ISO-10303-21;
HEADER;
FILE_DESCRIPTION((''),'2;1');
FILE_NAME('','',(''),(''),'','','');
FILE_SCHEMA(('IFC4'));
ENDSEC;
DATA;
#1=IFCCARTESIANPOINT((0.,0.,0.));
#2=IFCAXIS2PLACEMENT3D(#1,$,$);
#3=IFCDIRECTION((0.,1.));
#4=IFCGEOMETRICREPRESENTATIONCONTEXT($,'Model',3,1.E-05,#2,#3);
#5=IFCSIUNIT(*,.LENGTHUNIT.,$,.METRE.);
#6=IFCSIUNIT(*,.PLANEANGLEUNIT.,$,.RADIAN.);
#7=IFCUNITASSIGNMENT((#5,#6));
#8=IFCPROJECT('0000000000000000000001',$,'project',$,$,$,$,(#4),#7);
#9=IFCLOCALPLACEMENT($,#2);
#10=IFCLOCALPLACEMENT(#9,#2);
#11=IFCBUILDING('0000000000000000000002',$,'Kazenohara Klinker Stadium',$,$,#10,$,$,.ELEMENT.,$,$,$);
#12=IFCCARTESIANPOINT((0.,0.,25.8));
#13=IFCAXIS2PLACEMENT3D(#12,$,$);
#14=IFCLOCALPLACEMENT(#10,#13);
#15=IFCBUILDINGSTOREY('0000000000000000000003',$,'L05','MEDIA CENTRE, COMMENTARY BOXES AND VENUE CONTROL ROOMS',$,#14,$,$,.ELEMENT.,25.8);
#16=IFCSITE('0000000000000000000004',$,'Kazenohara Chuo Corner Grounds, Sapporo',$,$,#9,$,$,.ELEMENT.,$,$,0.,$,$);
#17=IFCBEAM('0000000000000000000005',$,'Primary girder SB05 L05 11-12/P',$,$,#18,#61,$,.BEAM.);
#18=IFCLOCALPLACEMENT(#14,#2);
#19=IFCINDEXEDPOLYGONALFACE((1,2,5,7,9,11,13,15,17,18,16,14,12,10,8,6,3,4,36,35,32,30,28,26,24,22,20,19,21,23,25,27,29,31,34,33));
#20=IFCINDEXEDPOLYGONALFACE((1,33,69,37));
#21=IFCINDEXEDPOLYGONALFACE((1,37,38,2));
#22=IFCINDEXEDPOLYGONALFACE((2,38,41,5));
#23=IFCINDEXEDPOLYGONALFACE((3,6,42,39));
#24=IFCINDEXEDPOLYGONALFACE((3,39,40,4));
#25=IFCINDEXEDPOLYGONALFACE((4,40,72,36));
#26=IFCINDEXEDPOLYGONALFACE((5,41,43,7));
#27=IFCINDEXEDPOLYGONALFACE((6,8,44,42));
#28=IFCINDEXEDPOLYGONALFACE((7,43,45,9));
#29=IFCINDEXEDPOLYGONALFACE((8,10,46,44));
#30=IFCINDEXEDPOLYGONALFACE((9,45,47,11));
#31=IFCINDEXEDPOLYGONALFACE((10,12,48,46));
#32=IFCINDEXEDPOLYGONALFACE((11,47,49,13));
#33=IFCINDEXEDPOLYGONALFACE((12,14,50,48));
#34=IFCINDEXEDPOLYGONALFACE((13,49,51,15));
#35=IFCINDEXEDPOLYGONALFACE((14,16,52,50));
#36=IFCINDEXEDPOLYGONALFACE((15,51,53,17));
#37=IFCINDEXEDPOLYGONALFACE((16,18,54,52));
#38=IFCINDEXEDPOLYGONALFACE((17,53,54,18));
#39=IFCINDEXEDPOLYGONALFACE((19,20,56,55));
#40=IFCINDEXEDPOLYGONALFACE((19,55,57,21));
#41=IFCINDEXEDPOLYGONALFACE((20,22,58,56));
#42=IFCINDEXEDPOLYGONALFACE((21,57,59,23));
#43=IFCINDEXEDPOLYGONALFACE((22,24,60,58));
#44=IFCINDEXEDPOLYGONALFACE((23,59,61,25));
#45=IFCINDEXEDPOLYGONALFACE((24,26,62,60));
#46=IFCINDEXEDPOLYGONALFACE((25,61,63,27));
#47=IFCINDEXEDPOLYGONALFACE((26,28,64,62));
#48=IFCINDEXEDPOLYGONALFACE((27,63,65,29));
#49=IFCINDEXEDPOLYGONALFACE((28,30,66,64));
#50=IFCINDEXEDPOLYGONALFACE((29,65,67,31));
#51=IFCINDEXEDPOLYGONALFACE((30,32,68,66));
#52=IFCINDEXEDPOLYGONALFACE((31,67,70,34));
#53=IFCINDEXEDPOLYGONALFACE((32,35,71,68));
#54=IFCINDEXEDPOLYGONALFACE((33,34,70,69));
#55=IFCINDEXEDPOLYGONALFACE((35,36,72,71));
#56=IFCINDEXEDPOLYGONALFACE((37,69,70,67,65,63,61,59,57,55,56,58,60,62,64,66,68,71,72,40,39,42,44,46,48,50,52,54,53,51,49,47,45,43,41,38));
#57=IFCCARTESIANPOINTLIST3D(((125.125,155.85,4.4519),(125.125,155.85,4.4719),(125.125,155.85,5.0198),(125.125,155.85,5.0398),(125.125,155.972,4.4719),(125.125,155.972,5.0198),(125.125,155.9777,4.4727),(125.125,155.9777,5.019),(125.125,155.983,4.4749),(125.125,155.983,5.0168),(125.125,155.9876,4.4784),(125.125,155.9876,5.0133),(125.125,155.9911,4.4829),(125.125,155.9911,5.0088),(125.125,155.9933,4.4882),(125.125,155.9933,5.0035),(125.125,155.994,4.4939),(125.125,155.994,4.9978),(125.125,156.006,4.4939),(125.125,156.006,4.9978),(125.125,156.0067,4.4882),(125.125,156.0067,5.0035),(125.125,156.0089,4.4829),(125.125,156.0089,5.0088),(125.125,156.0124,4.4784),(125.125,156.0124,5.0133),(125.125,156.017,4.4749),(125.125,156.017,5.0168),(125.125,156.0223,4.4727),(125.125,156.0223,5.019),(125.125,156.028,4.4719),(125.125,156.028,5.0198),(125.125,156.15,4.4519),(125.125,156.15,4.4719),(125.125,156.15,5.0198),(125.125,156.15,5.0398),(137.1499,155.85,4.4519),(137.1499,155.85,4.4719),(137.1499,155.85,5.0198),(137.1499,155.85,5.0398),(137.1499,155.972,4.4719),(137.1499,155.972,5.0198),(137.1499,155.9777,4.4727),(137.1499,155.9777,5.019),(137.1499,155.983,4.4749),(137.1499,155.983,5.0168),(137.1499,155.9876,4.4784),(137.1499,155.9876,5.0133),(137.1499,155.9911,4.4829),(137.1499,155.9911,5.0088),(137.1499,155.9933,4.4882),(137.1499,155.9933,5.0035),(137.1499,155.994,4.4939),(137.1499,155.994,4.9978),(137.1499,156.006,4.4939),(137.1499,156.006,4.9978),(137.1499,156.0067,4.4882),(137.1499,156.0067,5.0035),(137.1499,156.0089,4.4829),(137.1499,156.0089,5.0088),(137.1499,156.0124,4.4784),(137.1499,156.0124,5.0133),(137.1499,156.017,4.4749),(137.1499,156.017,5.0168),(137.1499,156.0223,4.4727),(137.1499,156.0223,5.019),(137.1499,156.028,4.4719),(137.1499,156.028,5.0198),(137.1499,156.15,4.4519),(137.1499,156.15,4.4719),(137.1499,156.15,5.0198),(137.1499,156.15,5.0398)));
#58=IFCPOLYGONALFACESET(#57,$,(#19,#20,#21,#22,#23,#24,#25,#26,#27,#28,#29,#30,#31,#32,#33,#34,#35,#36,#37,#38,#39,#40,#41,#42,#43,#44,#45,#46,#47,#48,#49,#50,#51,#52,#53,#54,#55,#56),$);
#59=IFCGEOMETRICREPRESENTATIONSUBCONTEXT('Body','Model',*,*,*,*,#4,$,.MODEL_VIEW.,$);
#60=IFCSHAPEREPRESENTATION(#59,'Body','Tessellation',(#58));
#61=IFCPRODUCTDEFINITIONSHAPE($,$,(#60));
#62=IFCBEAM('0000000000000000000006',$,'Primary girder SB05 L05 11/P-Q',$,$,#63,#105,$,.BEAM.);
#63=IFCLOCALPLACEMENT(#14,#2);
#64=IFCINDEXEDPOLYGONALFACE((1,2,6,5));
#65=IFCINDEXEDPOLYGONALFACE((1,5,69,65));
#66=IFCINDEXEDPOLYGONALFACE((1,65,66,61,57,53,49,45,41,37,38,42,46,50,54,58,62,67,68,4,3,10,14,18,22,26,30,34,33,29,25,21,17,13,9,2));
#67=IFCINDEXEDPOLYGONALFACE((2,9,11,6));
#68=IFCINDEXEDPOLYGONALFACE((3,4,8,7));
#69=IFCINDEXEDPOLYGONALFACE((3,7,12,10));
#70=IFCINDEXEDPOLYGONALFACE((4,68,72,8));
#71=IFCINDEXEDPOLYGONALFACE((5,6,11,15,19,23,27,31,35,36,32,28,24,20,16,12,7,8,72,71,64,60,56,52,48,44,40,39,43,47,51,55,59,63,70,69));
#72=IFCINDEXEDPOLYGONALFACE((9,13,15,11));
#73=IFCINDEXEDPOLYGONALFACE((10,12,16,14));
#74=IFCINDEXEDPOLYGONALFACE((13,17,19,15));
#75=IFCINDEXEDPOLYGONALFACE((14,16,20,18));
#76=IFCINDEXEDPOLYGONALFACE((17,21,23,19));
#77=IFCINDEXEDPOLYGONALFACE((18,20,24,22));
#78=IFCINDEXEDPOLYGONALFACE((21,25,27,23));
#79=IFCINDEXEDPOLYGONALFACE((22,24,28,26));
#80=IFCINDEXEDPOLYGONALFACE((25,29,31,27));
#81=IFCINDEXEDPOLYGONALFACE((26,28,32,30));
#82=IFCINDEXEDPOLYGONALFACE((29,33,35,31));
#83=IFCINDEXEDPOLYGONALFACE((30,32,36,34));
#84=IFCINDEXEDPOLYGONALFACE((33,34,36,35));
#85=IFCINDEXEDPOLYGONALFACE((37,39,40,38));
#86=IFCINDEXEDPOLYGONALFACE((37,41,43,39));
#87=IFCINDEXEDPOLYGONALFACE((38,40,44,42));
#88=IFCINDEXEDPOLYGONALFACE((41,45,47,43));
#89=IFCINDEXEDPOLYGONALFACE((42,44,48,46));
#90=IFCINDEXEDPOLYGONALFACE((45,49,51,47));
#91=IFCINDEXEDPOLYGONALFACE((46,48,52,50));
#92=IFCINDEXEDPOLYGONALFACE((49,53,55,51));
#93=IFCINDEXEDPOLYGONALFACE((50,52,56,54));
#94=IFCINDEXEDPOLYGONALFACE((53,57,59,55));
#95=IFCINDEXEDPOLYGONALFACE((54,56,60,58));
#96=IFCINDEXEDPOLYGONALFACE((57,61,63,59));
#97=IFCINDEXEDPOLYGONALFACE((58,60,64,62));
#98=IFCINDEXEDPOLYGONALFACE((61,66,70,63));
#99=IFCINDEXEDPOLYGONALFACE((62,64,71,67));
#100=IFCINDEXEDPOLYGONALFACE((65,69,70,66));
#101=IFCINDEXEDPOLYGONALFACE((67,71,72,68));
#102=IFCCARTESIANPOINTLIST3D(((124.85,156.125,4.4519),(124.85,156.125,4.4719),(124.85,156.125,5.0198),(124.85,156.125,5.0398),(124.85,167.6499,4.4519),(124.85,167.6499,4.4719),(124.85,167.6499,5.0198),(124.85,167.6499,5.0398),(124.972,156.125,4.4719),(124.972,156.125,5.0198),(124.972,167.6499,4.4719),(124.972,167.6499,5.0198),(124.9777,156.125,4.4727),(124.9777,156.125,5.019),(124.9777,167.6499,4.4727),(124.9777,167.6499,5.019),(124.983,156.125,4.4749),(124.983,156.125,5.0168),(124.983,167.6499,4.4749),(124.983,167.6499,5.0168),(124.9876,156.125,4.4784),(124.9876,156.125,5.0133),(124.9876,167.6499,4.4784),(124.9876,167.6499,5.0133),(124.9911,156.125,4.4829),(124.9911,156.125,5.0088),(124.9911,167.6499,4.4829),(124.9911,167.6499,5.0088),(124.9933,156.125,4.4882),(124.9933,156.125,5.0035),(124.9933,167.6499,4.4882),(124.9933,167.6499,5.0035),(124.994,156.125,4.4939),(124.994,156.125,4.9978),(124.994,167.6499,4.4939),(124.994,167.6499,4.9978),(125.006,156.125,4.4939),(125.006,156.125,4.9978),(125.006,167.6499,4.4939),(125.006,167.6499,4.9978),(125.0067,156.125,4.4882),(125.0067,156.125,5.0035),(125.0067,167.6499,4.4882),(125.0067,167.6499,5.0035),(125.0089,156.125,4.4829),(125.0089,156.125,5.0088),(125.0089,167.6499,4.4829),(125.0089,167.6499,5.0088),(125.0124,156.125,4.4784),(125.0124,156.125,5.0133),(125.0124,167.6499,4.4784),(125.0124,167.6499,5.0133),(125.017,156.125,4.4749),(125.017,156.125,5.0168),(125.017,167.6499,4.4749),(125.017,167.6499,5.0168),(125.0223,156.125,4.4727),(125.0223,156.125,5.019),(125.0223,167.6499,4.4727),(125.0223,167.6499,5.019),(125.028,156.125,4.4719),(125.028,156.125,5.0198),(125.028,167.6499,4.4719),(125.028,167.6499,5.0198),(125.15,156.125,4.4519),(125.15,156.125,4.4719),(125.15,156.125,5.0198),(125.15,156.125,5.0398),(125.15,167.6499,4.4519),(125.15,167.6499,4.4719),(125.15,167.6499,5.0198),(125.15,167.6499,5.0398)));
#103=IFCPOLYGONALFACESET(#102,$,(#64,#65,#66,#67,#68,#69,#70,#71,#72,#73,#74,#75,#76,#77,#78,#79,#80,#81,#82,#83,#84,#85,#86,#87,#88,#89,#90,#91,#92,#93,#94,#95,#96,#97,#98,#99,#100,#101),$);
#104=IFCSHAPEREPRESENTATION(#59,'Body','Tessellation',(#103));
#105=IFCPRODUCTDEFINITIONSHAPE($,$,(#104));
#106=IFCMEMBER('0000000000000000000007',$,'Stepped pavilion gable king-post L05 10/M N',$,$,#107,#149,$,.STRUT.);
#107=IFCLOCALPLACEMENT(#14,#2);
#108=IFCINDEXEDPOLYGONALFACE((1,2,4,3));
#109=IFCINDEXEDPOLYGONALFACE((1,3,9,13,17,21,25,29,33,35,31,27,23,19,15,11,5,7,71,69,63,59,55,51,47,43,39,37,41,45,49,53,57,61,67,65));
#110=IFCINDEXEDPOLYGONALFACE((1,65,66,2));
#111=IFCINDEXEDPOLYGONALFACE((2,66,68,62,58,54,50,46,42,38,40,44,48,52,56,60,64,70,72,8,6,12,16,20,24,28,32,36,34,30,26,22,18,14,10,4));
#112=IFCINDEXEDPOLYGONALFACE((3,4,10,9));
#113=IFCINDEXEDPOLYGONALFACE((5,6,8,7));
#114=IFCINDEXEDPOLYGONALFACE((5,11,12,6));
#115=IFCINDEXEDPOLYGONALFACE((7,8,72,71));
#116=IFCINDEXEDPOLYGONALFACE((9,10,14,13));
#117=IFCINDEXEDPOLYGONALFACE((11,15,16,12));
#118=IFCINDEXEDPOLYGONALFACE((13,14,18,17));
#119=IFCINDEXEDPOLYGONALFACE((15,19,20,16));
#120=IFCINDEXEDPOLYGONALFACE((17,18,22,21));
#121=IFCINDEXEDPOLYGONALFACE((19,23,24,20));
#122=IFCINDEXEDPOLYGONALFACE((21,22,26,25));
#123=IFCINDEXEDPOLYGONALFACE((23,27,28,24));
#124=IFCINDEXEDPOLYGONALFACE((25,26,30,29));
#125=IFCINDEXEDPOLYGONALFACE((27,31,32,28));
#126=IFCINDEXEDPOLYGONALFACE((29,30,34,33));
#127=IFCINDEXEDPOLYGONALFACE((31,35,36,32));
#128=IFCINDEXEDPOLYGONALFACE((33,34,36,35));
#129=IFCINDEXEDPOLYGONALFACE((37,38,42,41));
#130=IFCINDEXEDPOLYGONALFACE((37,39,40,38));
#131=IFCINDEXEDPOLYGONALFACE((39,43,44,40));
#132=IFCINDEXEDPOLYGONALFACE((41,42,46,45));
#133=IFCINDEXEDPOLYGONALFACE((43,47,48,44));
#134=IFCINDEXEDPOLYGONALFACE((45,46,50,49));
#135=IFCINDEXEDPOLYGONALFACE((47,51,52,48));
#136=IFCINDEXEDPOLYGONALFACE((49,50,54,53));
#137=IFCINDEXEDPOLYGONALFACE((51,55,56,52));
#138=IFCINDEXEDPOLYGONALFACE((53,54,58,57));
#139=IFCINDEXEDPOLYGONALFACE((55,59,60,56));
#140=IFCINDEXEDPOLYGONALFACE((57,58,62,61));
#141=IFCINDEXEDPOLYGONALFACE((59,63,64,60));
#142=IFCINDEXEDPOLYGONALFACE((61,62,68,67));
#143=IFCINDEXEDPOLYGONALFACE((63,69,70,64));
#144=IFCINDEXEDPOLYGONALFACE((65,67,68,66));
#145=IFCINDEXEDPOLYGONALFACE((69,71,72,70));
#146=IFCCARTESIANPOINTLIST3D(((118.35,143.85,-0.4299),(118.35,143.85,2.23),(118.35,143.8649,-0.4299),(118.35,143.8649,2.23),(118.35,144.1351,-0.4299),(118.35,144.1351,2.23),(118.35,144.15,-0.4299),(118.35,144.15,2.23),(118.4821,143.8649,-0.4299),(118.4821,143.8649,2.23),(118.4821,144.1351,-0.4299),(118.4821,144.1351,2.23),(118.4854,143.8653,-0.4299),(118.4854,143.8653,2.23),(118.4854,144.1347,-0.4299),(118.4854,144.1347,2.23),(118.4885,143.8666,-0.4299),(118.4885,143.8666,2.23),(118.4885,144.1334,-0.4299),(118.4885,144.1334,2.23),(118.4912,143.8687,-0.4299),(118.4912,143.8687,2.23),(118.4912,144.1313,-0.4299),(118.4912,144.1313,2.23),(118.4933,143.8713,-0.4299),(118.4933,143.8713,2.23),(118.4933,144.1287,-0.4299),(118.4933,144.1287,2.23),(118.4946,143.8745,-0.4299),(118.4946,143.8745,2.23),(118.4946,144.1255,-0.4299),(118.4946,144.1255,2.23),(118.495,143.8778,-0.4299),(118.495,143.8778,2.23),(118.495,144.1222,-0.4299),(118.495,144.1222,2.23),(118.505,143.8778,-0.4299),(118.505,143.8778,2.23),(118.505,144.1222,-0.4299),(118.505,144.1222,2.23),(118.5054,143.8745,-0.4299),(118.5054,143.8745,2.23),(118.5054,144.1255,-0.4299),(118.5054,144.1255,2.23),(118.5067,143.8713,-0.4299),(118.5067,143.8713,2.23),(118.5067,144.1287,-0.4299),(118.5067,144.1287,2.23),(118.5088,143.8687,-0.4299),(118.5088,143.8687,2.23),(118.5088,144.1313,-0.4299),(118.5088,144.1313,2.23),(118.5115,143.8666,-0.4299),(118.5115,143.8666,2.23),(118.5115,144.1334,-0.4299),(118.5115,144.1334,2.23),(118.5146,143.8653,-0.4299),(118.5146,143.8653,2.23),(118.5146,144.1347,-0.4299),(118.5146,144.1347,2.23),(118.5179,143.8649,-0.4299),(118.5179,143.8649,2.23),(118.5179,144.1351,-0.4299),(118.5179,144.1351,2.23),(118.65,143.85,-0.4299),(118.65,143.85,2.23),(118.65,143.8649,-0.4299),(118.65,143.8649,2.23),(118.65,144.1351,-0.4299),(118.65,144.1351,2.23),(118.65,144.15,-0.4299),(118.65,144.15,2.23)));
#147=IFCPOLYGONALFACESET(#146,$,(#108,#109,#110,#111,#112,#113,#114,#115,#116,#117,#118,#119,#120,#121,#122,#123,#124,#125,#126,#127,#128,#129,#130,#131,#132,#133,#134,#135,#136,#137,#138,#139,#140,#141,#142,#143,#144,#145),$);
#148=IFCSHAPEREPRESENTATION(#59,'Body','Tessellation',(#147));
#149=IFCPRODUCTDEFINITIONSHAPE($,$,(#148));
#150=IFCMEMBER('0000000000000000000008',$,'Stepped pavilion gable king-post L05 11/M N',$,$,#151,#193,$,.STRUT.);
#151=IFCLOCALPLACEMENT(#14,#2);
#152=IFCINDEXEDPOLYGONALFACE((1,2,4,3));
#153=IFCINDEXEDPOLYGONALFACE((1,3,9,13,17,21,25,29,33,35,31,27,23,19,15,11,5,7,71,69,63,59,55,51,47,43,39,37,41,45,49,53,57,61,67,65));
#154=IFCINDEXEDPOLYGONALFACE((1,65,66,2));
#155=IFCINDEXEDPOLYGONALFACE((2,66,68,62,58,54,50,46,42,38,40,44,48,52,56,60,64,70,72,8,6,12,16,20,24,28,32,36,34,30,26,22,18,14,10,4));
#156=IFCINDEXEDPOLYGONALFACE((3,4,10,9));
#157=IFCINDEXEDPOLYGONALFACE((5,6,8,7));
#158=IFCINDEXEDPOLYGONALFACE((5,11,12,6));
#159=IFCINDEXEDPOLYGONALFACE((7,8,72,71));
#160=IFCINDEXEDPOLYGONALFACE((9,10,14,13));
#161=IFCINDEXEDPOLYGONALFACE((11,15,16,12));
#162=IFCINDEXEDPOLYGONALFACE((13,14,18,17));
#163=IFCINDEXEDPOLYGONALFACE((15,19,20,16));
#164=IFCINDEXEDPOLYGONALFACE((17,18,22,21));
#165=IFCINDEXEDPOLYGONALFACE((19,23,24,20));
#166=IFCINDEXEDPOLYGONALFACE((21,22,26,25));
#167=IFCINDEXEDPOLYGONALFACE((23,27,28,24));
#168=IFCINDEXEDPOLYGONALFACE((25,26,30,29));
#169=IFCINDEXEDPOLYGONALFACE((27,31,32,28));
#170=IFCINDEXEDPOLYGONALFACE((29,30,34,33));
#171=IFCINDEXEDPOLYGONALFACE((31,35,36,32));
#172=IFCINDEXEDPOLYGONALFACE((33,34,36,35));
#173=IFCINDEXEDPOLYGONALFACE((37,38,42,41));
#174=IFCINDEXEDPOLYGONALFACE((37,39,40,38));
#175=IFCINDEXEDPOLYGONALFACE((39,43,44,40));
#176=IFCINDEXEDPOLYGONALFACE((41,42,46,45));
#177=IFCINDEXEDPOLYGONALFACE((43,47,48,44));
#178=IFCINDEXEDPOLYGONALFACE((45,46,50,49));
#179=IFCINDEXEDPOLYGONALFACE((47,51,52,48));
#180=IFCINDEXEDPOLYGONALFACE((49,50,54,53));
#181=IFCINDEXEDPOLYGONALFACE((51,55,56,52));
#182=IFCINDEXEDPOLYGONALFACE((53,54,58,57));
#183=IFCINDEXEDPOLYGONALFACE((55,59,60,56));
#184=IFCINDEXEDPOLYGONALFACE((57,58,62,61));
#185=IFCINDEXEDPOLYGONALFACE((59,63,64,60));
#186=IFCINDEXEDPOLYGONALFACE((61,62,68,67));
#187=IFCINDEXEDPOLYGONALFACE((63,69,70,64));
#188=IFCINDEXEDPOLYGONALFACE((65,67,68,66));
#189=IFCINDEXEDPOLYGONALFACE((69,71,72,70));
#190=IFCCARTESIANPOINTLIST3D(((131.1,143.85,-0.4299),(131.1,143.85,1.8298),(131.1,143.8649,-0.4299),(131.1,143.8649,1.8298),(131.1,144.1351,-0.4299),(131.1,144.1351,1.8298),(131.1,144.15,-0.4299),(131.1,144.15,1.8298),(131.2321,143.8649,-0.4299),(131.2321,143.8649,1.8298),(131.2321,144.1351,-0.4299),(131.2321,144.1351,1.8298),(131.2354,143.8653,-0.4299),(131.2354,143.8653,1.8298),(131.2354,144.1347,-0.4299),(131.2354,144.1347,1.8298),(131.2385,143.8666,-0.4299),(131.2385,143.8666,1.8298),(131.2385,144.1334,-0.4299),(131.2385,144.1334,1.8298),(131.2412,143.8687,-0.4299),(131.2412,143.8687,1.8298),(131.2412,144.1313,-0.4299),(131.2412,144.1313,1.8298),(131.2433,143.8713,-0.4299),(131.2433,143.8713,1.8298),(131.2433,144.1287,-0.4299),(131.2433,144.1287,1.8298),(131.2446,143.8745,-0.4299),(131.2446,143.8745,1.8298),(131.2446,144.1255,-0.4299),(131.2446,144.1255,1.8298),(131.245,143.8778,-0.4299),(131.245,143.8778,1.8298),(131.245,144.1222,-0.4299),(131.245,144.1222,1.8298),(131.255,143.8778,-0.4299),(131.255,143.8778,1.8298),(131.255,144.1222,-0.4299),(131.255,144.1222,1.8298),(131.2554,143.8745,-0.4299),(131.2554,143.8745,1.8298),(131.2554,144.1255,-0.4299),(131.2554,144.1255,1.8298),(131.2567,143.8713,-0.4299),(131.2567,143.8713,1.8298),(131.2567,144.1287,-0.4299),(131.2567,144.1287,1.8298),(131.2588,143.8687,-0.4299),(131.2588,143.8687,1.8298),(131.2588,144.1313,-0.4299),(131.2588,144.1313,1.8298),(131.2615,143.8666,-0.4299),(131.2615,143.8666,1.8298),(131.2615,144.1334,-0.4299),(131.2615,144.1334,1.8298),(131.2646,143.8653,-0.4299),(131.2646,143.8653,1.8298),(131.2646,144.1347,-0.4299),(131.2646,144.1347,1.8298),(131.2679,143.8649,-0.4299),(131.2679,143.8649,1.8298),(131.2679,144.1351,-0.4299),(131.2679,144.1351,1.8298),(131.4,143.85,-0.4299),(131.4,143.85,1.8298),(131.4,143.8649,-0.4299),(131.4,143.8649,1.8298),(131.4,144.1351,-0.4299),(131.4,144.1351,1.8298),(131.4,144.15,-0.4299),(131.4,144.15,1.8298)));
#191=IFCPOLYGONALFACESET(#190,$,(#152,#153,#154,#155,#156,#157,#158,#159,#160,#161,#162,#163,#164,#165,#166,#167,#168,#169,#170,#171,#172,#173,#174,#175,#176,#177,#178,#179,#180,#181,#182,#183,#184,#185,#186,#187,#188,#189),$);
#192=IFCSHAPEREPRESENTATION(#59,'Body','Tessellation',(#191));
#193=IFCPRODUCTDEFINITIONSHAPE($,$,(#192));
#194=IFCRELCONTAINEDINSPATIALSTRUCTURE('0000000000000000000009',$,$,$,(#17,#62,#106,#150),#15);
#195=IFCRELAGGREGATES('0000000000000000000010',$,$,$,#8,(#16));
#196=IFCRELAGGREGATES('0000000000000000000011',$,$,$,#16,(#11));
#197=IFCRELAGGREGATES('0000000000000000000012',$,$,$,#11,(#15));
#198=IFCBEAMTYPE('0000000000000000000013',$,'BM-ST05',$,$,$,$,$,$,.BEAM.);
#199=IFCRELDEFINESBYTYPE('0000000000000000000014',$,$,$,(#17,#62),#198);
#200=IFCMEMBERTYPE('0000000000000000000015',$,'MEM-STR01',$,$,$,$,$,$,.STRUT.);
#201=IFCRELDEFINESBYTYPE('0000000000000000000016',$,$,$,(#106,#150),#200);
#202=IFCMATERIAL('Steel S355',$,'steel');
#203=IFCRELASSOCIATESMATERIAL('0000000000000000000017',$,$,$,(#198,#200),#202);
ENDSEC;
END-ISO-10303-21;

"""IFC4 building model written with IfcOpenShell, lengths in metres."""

from ifc_helpers import new_model, si_unit, direction, frame, origin, origin_2d, place, context, subcontext, project, spatial, i_section, extrude, material, material_profile, profile_set, type_object, element, save


model = new_model("IFC4")

# Units and contexts
model_context = context("Model", 3, precision=1e-05, world=origin(), true_north=direction((0.0, 1.0)))
body_context = subcontext(model_context, "Body", "Model", "MODEL_VIEW")
ifc_project = project(units=[si_unit("LENGTHUNIT", "METRE"), si_unit("PLANEANGLEUNIT", "RADIAN")], contexts=[model_context])

# Site, building, storey
site_placement = place(None, origin())
site = spatial("IfcSite", under=ifc_project, at=site_placement, Name="Kazenohara Chuo Corner Grounds, Sapporo", CompositionType="ELEMENT", RefElevation=0.0)
building_placement = place(site_placement, origin())
building = spatial("IfcBuilding", under=site, at=building_placement, Name="Kazenohara Klinker Stadium", CompositionType="ELEMENT")
storey_placement = place(building_placement, frame((0.0, 0.0, 25.8)))
storey = spatial("IfcBuildingStorey", under=building, at=storey_placement, Name="L05", Description="MEDIA CENTRE, COMMENTARY BOXES AND VENUE CONTROL ROOMS", CompositionType="ELEMENT", Elevation=25.8)

# Shared definitions
ifc_material_1 = material(Name="Steel S355", Category="steel")

# Beams
ifc_material_profile_1 = material_profile(ifc_material_1, i_section(OverallWidth=0.3, OverallDepth=0.5879, WebThickness=0.012, FlangeThickness=0.02, FilletRadius=0.022, at=origin_2d()), Name="H-588x300x12x20")
ifc_profile_set_1 = profile_set([ifc_material_profile_1], Name="Steel S355")
beam_type_1 = type_object("IfcBeamType", Name="BM-ST05", PredefinedType="BEAM", material=ifc_profile_set_1)
beam_1_placement = place(storey_placement, frame((125.125, 156.0, 4.7458), z_axis=(1.0, 0.0, 0.0), x_axis=(0.0, 1.0, 0.0)))
element("IfcBeam", 1, at=beam_1_placement, inside=storey, type_object=beam_type_1, Name="Primary girder SB05 L05 11-12/P", PredefinedType="BEAM", context=body_context, shape_type="SweptSolid", body=[
    extrude(i_section(OverallWidth=0.3, OverallDepth=0.5879, WebThickness=0.012, FlangeThickness=0.02, FilletRadius=0.022, at=origin_2d()), origin(), (0.0, 0.0, 1.0), 12.0249),
])
beam_2_placement = place(storey_placement, frame((125.0, 156.125, 4.7458), z_axis=(0.0, 1.0, 0.0), x_axis=(-1.0, 0.0, 0.0)))
element("IfcBeam", 2, at=beam_2_placement, inside=storey, type_object=beam_type_1, Name="Primary girder SB05 L05 11/P-Q", PredefinedType="BEAM", context=body_context, shape_type="SweptSolid", body=[
    extrude(i_section(OverallWidth=0.3, OverallDepth=0.5879, WebThickness=0.012, FlangeThickness=0.02, FilletRadius=0.022, at=origin_2d()), origin(), (0.0, 0.0, 1.0), 11.5249),
])

# Members
ifc_material_profile_2 = material_profile(ifc_material_1, i_section(OverallWidth=0.3, OverallDepth=0.3, WebThickness=0.01, FlangeThickness=0.0149, FilletRadius=0.0129, at=origin_2d()), Name="H-300x300x10x15")
ifc_profile_set_2 = profile_set([ifc_material_profile_2], Name="Steel S355")
member_type = type_object("IfcMemberType", Name="MEM-STR01", PredefinedType="STRUT", material=ifc_profile_set_2)
member_1_placement = place(storey_placement, frame((118.5, 144.0, -0.4299), z_axis=(0.0, 0.0, 1.0), x_axis=(1.0, 0.0, 0.0)))
element("IfcMember", 3, at=member_1_placement, inside=storey, type_object=member_type, Name="Stepped pavilion gable king-post L05 10/M N", PredefinedType="STRUT", context=body_context, shape_type="SweptSolid", body=[
    extrude(i_section(OverallWidth=0.3, OverallDepth=0.3, WebThickness=0.01, FlangeThickness=0.0149, FilletRadius=0.0129, at=origin_2d()), origin(), (0.0, 0.0, 1.0), 2.6599),
])
member_2_placement = place(storey_placement, frame((131.25, 144.0, -0.4299), z_axis=(0.0, 0.0, 1.0), x_axis=(1.0, 0.0, 0.0)))
element("IfcMember", 4, at=member_2_placement, inside=storey, type_object=member_type, Name="Stepped pavilion gable king-post L05 11/M N", PredefinedType="STRUT", context=body_context, shape_type="SweptSolid", body=[
    extrude(i_section(OverallWidth=0.3, OverallDepth=0.3, WebThickness=0.01, FlangeThickness=0.0149, FilletRadius=0.0129, at=origin_2d()), origin(), (0.0, 0.0, 1.0), 2.2598),
])

save(model, "model.ifc")
